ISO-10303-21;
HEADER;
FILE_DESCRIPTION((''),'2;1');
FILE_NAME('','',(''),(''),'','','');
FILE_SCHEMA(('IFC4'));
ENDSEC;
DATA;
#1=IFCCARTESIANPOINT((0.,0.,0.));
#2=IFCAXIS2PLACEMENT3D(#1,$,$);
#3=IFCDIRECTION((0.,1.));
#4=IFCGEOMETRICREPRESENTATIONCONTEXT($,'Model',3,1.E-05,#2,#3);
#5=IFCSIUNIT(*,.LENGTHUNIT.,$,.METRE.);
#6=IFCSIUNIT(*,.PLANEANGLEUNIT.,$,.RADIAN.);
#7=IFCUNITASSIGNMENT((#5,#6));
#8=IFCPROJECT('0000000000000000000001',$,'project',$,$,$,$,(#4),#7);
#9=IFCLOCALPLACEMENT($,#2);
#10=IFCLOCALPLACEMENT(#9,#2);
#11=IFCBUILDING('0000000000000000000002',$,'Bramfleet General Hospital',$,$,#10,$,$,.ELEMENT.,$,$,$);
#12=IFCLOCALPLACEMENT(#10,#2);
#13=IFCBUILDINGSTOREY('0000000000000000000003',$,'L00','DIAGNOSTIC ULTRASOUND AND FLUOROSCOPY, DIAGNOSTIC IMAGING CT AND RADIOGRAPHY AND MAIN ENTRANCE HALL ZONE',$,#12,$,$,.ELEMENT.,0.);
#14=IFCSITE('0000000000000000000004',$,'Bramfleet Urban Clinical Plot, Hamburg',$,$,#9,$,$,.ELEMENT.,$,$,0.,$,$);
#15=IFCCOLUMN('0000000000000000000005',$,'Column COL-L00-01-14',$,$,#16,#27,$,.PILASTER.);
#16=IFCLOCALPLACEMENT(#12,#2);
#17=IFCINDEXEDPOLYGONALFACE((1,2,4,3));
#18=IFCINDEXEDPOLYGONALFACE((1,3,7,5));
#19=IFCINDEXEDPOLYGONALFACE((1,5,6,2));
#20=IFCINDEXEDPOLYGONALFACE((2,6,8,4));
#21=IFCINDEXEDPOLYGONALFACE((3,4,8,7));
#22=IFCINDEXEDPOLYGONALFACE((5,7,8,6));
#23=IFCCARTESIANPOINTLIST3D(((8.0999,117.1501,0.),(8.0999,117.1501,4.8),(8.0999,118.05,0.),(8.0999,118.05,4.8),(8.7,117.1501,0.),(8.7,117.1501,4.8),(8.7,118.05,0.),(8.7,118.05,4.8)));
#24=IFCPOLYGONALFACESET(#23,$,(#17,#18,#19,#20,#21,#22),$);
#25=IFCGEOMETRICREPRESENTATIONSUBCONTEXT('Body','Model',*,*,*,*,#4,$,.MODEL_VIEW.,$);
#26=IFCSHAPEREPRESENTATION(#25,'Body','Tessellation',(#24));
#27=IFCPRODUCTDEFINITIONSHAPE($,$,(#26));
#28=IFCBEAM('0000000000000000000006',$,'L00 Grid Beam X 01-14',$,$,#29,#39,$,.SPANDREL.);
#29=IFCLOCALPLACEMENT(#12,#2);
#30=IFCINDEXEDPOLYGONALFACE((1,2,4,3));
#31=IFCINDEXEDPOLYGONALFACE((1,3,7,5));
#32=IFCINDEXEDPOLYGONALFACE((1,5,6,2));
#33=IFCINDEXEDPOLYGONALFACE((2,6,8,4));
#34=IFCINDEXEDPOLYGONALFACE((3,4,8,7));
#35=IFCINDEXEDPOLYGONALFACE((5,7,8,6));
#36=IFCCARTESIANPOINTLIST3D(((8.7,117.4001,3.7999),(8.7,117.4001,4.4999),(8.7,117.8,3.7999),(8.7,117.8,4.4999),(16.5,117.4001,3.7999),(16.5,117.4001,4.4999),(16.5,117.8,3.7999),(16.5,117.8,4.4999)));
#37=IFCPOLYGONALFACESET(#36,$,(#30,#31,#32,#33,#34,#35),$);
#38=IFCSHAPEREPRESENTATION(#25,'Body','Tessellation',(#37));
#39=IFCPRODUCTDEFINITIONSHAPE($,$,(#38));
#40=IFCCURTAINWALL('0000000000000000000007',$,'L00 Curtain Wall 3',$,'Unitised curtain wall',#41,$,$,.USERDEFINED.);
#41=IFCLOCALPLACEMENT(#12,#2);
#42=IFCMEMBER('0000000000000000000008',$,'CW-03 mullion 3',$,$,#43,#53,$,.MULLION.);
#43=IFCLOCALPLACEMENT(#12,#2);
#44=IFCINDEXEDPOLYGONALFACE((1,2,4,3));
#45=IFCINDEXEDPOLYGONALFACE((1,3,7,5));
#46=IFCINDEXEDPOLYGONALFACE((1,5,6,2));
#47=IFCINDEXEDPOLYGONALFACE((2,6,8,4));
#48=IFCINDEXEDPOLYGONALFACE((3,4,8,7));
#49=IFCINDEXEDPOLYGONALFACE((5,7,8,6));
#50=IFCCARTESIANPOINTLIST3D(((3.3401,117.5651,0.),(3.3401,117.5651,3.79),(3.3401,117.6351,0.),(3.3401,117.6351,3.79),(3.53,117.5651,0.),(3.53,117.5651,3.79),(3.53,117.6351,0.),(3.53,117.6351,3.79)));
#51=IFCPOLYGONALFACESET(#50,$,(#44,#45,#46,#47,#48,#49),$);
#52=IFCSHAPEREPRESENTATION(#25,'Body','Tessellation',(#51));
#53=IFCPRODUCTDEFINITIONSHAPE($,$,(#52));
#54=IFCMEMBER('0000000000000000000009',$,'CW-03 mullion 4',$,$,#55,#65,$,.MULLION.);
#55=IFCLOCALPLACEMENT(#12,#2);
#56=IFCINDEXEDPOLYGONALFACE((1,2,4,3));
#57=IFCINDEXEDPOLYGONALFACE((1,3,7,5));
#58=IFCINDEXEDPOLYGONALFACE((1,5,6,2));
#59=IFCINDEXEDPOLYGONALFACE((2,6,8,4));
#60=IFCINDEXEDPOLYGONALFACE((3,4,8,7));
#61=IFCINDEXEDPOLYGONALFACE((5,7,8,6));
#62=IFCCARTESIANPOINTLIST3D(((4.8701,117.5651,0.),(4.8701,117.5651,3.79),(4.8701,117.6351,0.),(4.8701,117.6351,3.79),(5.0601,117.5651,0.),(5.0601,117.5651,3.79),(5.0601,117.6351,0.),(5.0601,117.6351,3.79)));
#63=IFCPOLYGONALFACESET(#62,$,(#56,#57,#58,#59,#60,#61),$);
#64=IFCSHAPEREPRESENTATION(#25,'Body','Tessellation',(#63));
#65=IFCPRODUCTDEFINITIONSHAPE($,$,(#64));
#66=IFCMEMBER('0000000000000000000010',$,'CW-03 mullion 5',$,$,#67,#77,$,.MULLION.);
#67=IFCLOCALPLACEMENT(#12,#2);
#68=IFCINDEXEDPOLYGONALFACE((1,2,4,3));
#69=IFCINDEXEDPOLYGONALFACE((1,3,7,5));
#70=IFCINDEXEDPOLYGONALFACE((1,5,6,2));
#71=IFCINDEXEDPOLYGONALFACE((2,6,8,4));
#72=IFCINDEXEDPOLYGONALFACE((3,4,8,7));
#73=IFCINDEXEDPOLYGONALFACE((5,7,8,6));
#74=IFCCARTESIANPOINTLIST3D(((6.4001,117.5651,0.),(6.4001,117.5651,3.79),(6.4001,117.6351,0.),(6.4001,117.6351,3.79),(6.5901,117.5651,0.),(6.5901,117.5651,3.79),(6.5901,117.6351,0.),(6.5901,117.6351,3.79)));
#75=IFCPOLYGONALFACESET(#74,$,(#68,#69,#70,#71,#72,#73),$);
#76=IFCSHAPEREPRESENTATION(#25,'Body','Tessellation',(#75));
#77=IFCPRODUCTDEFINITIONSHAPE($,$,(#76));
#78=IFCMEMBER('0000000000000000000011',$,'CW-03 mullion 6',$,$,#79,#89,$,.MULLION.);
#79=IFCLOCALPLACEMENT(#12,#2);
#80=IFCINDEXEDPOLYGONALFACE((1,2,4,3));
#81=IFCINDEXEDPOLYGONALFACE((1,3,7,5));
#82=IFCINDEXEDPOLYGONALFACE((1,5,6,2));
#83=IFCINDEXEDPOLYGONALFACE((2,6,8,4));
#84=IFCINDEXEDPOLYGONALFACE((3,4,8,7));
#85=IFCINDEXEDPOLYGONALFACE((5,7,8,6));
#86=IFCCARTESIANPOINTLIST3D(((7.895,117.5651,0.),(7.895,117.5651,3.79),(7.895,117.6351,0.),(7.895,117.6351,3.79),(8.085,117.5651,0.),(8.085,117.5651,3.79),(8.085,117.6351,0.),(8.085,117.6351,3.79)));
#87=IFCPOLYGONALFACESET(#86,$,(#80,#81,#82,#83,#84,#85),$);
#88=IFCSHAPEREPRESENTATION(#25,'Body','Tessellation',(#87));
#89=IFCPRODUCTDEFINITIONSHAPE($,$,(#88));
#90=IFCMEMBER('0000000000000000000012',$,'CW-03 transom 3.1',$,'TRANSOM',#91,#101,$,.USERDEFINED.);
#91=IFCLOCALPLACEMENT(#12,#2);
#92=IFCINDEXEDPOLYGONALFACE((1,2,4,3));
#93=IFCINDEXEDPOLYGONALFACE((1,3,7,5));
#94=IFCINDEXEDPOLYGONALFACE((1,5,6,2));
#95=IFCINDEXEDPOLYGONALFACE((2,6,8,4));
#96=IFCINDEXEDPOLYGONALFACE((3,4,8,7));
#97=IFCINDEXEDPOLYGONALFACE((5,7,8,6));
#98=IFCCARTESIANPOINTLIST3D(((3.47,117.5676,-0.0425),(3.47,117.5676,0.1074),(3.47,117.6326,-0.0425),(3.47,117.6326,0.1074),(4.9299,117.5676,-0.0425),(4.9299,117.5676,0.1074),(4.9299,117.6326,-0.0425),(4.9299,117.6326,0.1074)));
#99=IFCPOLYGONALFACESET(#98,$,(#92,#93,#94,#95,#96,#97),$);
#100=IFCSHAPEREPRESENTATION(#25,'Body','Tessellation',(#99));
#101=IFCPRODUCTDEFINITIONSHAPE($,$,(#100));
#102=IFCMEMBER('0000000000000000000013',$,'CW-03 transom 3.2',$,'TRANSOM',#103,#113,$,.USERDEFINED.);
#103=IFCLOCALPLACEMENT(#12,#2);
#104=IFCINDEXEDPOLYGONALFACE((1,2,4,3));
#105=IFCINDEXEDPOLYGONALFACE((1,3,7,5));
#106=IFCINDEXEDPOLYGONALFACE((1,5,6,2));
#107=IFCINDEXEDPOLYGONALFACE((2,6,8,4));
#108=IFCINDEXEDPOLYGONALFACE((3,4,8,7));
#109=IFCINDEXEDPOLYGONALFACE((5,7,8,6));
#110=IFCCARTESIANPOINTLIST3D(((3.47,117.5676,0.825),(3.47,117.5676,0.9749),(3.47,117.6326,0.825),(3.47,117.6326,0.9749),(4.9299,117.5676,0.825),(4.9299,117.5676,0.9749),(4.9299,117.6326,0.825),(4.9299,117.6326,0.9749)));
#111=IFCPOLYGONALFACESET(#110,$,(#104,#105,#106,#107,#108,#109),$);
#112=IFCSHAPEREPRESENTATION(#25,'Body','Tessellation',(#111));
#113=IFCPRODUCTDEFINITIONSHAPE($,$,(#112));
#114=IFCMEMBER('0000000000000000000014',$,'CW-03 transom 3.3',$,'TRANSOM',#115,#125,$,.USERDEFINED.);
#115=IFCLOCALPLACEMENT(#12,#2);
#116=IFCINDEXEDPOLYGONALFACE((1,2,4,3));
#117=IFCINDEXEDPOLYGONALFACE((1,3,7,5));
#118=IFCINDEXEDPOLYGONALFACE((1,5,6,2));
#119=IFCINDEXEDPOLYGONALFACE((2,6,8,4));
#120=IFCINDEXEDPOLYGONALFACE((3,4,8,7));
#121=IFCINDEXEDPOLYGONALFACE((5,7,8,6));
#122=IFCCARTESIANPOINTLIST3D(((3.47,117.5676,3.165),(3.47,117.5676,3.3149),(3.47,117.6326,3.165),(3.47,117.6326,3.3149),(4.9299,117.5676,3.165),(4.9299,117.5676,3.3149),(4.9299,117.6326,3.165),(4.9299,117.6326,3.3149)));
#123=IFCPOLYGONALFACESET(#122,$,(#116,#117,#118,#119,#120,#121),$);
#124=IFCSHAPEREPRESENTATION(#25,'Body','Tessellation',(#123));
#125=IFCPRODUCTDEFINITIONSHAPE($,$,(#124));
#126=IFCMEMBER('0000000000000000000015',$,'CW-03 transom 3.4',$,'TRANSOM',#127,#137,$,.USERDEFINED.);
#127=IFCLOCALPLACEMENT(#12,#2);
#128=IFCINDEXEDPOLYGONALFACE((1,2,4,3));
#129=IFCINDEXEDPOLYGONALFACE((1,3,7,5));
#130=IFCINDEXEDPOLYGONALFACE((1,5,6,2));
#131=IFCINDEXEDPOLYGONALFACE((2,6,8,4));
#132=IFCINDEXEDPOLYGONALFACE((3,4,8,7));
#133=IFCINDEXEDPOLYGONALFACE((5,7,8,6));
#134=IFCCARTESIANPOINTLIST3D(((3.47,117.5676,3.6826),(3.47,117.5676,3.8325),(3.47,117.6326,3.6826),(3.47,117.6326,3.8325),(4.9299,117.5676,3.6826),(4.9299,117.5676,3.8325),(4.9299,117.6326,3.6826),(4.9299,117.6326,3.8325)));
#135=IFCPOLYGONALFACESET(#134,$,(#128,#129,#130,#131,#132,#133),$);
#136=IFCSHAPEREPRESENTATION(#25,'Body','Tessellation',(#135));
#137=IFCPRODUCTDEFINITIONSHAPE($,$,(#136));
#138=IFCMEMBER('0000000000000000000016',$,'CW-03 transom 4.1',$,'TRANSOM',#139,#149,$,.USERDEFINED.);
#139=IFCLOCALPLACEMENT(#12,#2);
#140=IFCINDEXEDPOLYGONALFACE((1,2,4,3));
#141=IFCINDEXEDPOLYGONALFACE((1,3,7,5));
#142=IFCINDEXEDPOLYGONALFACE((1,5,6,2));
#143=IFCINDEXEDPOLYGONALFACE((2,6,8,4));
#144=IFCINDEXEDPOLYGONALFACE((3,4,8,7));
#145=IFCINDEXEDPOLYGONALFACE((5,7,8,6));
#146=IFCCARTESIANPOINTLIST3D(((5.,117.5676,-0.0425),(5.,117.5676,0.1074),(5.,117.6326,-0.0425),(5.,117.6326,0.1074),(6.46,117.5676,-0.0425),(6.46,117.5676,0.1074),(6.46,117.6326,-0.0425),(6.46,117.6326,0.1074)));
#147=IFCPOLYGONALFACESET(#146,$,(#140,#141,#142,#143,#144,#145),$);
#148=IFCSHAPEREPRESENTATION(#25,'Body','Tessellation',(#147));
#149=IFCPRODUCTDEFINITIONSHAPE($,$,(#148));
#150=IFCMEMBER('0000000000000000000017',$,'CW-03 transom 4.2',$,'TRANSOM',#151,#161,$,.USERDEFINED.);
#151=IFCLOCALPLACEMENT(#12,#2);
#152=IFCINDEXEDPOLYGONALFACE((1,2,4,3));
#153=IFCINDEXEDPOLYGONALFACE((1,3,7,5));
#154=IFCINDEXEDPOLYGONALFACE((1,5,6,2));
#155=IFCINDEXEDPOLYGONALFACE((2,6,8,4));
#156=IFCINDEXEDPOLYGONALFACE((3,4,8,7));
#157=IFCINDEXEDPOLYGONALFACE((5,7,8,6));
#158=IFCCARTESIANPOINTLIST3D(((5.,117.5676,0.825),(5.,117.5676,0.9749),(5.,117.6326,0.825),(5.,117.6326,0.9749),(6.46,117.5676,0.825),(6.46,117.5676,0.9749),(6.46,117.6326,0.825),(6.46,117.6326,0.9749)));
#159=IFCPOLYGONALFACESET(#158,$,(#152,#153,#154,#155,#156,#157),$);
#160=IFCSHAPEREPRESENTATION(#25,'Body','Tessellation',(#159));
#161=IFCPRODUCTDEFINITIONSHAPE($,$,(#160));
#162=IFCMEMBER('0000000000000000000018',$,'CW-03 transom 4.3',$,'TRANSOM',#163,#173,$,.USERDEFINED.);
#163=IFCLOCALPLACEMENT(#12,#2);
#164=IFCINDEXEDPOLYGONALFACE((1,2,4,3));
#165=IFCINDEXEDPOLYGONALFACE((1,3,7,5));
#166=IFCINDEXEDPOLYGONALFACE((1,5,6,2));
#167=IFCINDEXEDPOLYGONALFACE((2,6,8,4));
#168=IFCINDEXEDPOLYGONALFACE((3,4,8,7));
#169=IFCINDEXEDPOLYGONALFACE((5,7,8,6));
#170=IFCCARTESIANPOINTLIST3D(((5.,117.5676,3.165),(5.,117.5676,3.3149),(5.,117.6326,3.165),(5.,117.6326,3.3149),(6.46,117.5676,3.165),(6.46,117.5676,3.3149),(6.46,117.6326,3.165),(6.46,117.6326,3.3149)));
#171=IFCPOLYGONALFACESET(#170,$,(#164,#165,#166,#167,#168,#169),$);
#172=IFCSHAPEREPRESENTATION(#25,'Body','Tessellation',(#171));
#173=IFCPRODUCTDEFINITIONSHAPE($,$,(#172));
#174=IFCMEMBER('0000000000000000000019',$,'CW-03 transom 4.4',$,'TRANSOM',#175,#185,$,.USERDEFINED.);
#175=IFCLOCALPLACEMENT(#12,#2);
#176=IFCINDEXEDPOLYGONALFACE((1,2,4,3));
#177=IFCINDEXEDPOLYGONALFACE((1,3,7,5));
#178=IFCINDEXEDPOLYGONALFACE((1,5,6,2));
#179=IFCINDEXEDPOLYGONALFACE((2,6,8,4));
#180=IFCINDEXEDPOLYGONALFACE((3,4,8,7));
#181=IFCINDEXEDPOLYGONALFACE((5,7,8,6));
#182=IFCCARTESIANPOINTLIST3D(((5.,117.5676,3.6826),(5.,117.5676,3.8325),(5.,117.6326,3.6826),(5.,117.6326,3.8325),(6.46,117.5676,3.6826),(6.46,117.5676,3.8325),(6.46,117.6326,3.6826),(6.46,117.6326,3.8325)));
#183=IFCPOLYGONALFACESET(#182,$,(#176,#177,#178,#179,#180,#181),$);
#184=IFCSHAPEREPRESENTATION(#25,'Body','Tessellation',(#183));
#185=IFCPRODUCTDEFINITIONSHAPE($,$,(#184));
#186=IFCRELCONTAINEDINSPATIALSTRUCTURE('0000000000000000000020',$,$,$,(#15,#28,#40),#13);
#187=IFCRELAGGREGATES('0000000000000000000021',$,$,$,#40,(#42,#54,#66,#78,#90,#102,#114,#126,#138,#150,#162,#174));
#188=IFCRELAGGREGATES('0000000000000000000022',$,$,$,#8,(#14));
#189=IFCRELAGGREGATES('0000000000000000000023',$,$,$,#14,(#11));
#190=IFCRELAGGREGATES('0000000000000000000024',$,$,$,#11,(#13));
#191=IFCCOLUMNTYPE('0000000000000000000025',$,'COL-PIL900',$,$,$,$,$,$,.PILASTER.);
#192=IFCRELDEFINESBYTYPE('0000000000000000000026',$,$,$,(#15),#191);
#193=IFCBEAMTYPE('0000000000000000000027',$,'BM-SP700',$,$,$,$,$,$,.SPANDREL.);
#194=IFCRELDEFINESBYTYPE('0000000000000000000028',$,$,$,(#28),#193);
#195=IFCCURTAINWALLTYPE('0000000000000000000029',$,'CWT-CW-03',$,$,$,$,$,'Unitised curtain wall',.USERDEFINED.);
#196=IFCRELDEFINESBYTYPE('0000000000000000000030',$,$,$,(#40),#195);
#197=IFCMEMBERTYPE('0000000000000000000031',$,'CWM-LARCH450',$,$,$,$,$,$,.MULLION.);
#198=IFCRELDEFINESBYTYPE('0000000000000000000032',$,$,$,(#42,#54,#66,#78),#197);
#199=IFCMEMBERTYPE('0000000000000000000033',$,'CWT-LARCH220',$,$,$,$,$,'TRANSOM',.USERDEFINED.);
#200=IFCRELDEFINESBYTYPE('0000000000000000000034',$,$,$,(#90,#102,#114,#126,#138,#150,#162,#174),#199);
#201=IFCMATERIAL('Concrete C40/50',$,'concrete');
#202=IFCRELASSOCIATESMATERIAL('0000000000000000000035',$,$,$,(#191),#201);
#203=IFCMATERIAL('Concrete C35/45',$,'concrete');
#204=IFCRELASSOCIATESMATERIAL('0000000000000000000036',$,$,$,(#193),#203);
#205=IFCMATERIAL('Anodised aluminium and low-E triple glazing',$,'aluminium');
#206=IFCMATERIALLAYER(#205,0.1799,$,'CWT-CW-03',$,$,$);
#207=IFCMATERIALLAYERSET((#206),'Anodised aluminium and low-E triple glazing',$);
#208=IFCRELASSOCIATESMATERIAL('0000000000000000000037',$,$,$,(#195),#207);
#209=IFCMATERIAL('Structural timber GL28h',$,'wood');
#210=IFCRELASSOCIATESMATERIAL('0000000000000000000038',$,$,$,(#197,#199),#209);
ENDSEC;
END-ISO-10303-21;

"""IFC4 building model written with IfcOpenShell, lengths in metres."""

from ifc_helpers import new_model, si_unit, direction, frame, origin, origin_2d, place, context, subcontext, project, spatial, rectangle, extrude, material, layer, layer_set, material_profile, profile_set, type_object, element, aggregate, save


model = new_model("IFC4")

# Units and contexts
model_context = context("Model", 3, precision=1e-05, world=origin(), true_north=direction((0.0, 1.0)))
body_context = subcontext(model_context, "Body", "Model", "MODEL_VIEW")
ifc_project = project(units=[si_unit("LENGTHUNIT", "METRE"), si_unit("PLANEANGLEUNIT", "RADIAN")], contexts=[model_context])

# Site, building, storey
site_placement = place(None, origin())
site = spatial("IfcSite", under=ifc_project, at=site_placement, Name="Bramfleet Urban Clinical Plot, Hamburg", CompositionType="ELEMENT", RefElevation=0.0)
building_placement = place(site_placement, origin())
building = spatial("IfcBuilding", under=site, at=building_placement, Name="Bramfleet General Hospital", CompositionType="ELEMENT")
storey_placement = place(building_placement, origin())
storey = spatial("IfcBuildingStorey", under=building, at=storey_placement, Name="L00", Description="DIAGNOSTIC ULTRASOUND AND FLUOROSCOPY, DIAGNOSTIC IMAGING CT AND RADIOGRAPHY AND MAIN ENTRANCE HALL ZONE", CompositionType="ELEMENT", Elevation=0.0)

# Column
ifc_material_1 = material(Name="Concrete C40/50", Category="concrete")
ifc_material_profile_1 = material_profile(ifc_material_1, rectangle(XDim=0.6001, YDim=0.8999, at=origin_2d()), Name="RC PIL 900x600")
ifc_profile_set_1 = profile_set([ifc_material_profile_1], Name="Concrete C40/50")
column_type = type_object("IfcColumnType", Name="COL-PIL900", PredefinedType="PILASTER", material=ifc_profile_set_1)
column_placement = place(storey_placement, frame((8.3999, 117.6001, 0.0), z_axis=(0.0, 0.0, 1.0), x_axis=(1.0, 0.0, 0.0)))
element("IfcColumn", 1, at=column_placement, inside=storey, type_object=column_type, Name="Column COL-L00-01-14", PredefinedType="PILASTER", context=body_context, shape_type="SweptSolid", body=[
    extrude(rectangle(XDim=0.6001, YDim=0.8999, at=origin_2d()), origin(), (0.0, 0.0, 1.0), 4.8),
])

# Beam
ifc_material_2 = material(Name="Concrete C35/45", Category="concrete")
ifc_material_profile_2 = material_profile(ifc_material_2, rectangle(XDim=0.3999, YDim=0.7, at=origin_2d()), Name="RC SP 700x400")
ifc_profile_set_2 = profile_set([ifc_material_profile_2], Name="Concrete C35/45")
beam_type = type_object("IfcBeamType", Name="BM-SP700", PredefinedType="SPANDREL", material=ifc_profile_set_2)
beam_placement = place(storey_placement, frame((8.7, 117.6001, 4.1499), z_axis=(1.0, 0.0, 0.0), x_axis=(0.0, 1.0, 0.0)))
element("IfcBeam", 2, at=beam_placement, inside=storey, type_object=beam_type, Name="L00 Grid Beam X 01-14", PredefinedType="SPANDREL", context=body_context, shape_type="SweptSolid", body=[
    extrude(rectangle(XDim=0.3999, YDim=0.7, at=origin_2d()), origin(), (0.0, 0.0, 1.0), 7.8),
])

# Curtain wall, members
ifc_material_3 = material(Name="Anodised aluminium and low-E triple glazing", Category="aluminium")
ifc_layer_1 = layer(ifc_material_3, 0.1799, Name="CWT-CW-03")
ifc_layer_set_1 = layer_set([ifc_layer_1], Name="Anodised aluminium and low-E triple glazing")
curtain_wall_type = type_object("IfcCurtainWallType", Name="CWT-CW-03", ElementType="Unitised curtain wall", PredefinedType="USERDEFINED", material=ifc_layer_set_1)
curtain_wall_placement = place(storey_placement, origin())
curtain_wall = element("IfcCurtainWall", 3, at=curtain_wall_placement, inside=storey, type_object=curtain_wall_type, Name="L00 Curtain Wall 3", ObjectType="Unitised curtain wall", PredefinedType="USERDEFINED")
ifc_material_4 = material(Name="Structural timber GL28h", Category="wood")
ifc_material_profile_3 = material_profile(ifc_material_4, rectangle(XDim=0.0701, YDim=0.1899, at=origin_2d()), Name="LARCH 190x70")
ifc_profile_set_3 = profile_set([ifc_material_profile_3], Name="Structural timber GL28h")
member_type_1 = type_object("IfcMemberType", Name="CWM-LARCH450", PredefinedType="MULLION", material=ifc_profile_set_3)
member_1_placement = place(storey_placement, frame((3.4351, 117.6001, 0.0), z_axis=(0.0, 0.0, 1.0), x_axis=(0.0, 1.0, 0.0)))
member_1 = element("IfcMember", 4, at=member_1_placement, type_object=member_type_1, Name="CW-03 mullion 3", PredefinedType="MULLION", context=body_context, shape_type="SweptSolid", body=[
    extrude(rectangle(XDim=0.0701, YDim=0.1899, at=origin_2d()), origin(), (0.0, 0.0, 1.0), 3.79),
])
member_2_placement = place(storey_placement, frame((4.9651, 117.6001, 0.0), z_axis=(0.0, 0.0, 1.0), x_axis=(0.0, 1.0, 0.0)))
member_2 = element("IfcMember", 5, at=member_2_placement, type_object=member_type_1, Name="CW-03 mullion 4", PredefinedType="MULLION", context=body_context, shape_type="SweptSolid", body=[
    extrude(rectangle(XDim=0.0701, YDim=0.1899, at=origin_2d()), origin(), (0.0, 0.0, 1.0), 3.79),
])
member_3_placement = place(storey_placement, frame((6.4951, 117.6001, 0.0), z_axis=(0.0, 0.0, 1.0), x_axis=(0.0, 1.0, 0.0)))
member_3 = element("IfcMember", 6, at=member_3_placement, type_object=member_type_1, Name="CW-03 mullion 5", PredefinedType="MULLION", context=body_context, shape_type="SweptSolid", body=[
    extrude(rectangle(XDim=0.0701, YDim=0.1899, at=origin_2d()), origin(), (0.0, 0.0, 1.0), 3.79),
])
member_4_placement = place(storey_placement, frame((7.99, 117.6001, 0.0), z_axis=(0.0, 0.0, 1.0), x_axis=(0.0, 1.0, 0.0)))
member_4 = element("IfcMember", 7, at=member_4_placement, type_object=member_type_1, Name="CW-03 mullion 6", PredefinedType="MULLION", context=body_context, shape_type="SweptSolid", body=[
    extrude(rectangle(XDim=0.0701, YDim=0.1899, at=origin_2d()), origin(), (0.0, 0.0, 1.0), 3.79),
])
ifc_material_profile_4 = material_profile(ifc_material_4, rectangle(XDim=0.0649, YDim=0.1499, at=origin_2d()), Name="LARCH 150x65")
ifc_profile_set_4 = profile_set([ifc_material_profile_4], Name="Structural timber GL28h")
member_type_2 = type_object("IfcMemberType", Name="CWT-LARCH220", ElementType="TRANSOM", PredefinedType="USERDEFINED", material=ifc_profile_set_4)
member_5_placement = place(storey_placement, frame((3.47, 117.6001, 0.0325), z_axis=(1.0, 0.0, 0.0), x_axis=(0.0, 1.0, 0.0)))
member_5 = element("IfcMember", 8, at=member_5_placement, type_object=member_type_2, Name="CW-03 transom 3.1", ObjectType="TRANSOM", PredefinedType="USERDEFINED", context=body_context, shape_type="SweptSolid", body=[
    extrude(rectangle(XDim=0.0649, YDim=0.1499, at=origin_2d()), origin(), (0.0, 0.0, 1.0), 1.46),
])
member_6_placement = place(storey_placement, frame((3.47, 117.6001, 0.8999), z_axis=(1.0, 0.0, 0.0), x_axis=(0.0, 1.0, 0.0)))
member_6 = element("IfcMember", 9, at=member_6_placement, type_object=member_type_2, Name="CW-03 transom 3.2", ObjectType="TRANSOM", PredefinedType="USERDEFINED", context=body_context, shape_type="SweptSolid", body=[
    extrude(rectangle(XDim=0.0649, YDim=0.1499, at=origin_2d()), origin(), (0.0, 0.0, 1.0), 1.46),
])
member_7_placement = place(storey_placement, frame((3.47, 117.6001, 3.24), z_axis=(1.0, 0.0, 0.0), x_axis=(0.0, 1.0, 0.0)))
member_7 = element("IfcMember", 10, at=member_7_placement, type_object=member_type_2, Name="CW-03 transom 3.3", ObjectType="TRANSOM", PredefinedType="USERDEFINED", context=body_context, shape_type="SweptSolid", body=[
    extrude(rectangle(XDim=0.0649, YDim=0.1499, at=origin_2d()), origin(), (0.0, 0.0, 1.0), 1.46),
])
member_8_placement = place(storey_placement, frame((3.47, 117.6001, 3.7576), z_axis=(1.0, 0.0, 0.0), x_axis=(0.0, 1.0, 0.0)))
member_8 = element("IfcMember", 11, at=member_8_placement, type_object=member_type_2, Name="CW-03 transom 3.4", ObjectType="TRANSOM", PredefinedType="USERDEFINED", context=body_context, shape_type="SweptSolid", body=[
    extrude(rectangle(XDim=0.0649, YDim=0.1499, at=origin_2d()), origin(), (0.0, 0.0, 1.0), 1.46),
])
member_9_placement = place(storey_placement, frame((5.0, 117.6001, 0.0325), z_axis=(1.0, 0.0, 0.0), x_axis=(0.0, 1.0, 0.0)))
member_9 = element("IfcMember", 12, at=member_9_placement, type_object=member_type_2, Name="CW-03 transom 4.1", ObjectType="TRANSOM", PredefinedType="USERDEFINED", context=body_context, shape_type="SweptSolid", body=[
    extrude(rectangle(XDim=0.0649, YDim=0.1499, at=origin_2d()), origin(), (0.0, 0.0, 1.0), 1.46),
])
member_10_placement = place(storey_placement, frame((5.0, 117.6001, 0.8999), z_axis=(1.0, 0.0, 0.0), x_axis=(0.0, 1.0, 0.0)))
member_10 = element("IfcMember", 13, at=member_10_placement, type_object=member_type_2, Name="CW-03 transom 4.2", ObjectType="TRANSOM", PredefinedType="USERDEFINED", context=body_context, shape_type="SweptSolid", body=[
    extrude(rectangle(XDim=0.0649, YDim=0.1499, at=origin_2d()), origin(), (0.0, 0.0, 1.0), 1.46),
])
member_11_placement = place(storey_placement, frame((5.0, 117.6001, 3.24), z_axis=(1.0, 0.0, 0.0), x_axis=(0.0, 1.0, 0.0)))
member_11 = element("IfcMember", 14, at=member_11_placement, type_object=member_type_2, Name="CW-03 transom 4.3", ObjectType="TRANSOM", PredefinedType="USERDEFINED", context=body_context, shape_type="SweptSolid", body=[
    extrude(rectangle(XDim=0.0649, YDim=0.1499, at=origin_2d()), origin(), (0.0, 0.0, 1.0), 1.46),
])
member_12_placement = place(storey_placement, frame((5.0, 117.6001, 3.7576), z_axis=(1.0, 0.0, 0.0), x_axis=(0.0, 1.0, 0.0)))
member_12 = element("IfcMember", 15, at=member_12_placement, type_object=member_type_2, Name="CW-03 transom 4.4", ObjectType="TRANSOM", PredefinedType="USERDEFINED", context=body_context, shape_type="SweptSolid", body=[
    extrude(rectangle(XDim=0.0649, YDim=0.1499, at=origin_2d()), origin(), (0.0, 0.0, 1.0), 1.46),
])
aggregate(curtain_wall, [member_1, member_2, member_3, member_4, member_5, member_6, member_7, member_8, member_9, member_10, member_11, member_12])

save(model, "model.ifc")
